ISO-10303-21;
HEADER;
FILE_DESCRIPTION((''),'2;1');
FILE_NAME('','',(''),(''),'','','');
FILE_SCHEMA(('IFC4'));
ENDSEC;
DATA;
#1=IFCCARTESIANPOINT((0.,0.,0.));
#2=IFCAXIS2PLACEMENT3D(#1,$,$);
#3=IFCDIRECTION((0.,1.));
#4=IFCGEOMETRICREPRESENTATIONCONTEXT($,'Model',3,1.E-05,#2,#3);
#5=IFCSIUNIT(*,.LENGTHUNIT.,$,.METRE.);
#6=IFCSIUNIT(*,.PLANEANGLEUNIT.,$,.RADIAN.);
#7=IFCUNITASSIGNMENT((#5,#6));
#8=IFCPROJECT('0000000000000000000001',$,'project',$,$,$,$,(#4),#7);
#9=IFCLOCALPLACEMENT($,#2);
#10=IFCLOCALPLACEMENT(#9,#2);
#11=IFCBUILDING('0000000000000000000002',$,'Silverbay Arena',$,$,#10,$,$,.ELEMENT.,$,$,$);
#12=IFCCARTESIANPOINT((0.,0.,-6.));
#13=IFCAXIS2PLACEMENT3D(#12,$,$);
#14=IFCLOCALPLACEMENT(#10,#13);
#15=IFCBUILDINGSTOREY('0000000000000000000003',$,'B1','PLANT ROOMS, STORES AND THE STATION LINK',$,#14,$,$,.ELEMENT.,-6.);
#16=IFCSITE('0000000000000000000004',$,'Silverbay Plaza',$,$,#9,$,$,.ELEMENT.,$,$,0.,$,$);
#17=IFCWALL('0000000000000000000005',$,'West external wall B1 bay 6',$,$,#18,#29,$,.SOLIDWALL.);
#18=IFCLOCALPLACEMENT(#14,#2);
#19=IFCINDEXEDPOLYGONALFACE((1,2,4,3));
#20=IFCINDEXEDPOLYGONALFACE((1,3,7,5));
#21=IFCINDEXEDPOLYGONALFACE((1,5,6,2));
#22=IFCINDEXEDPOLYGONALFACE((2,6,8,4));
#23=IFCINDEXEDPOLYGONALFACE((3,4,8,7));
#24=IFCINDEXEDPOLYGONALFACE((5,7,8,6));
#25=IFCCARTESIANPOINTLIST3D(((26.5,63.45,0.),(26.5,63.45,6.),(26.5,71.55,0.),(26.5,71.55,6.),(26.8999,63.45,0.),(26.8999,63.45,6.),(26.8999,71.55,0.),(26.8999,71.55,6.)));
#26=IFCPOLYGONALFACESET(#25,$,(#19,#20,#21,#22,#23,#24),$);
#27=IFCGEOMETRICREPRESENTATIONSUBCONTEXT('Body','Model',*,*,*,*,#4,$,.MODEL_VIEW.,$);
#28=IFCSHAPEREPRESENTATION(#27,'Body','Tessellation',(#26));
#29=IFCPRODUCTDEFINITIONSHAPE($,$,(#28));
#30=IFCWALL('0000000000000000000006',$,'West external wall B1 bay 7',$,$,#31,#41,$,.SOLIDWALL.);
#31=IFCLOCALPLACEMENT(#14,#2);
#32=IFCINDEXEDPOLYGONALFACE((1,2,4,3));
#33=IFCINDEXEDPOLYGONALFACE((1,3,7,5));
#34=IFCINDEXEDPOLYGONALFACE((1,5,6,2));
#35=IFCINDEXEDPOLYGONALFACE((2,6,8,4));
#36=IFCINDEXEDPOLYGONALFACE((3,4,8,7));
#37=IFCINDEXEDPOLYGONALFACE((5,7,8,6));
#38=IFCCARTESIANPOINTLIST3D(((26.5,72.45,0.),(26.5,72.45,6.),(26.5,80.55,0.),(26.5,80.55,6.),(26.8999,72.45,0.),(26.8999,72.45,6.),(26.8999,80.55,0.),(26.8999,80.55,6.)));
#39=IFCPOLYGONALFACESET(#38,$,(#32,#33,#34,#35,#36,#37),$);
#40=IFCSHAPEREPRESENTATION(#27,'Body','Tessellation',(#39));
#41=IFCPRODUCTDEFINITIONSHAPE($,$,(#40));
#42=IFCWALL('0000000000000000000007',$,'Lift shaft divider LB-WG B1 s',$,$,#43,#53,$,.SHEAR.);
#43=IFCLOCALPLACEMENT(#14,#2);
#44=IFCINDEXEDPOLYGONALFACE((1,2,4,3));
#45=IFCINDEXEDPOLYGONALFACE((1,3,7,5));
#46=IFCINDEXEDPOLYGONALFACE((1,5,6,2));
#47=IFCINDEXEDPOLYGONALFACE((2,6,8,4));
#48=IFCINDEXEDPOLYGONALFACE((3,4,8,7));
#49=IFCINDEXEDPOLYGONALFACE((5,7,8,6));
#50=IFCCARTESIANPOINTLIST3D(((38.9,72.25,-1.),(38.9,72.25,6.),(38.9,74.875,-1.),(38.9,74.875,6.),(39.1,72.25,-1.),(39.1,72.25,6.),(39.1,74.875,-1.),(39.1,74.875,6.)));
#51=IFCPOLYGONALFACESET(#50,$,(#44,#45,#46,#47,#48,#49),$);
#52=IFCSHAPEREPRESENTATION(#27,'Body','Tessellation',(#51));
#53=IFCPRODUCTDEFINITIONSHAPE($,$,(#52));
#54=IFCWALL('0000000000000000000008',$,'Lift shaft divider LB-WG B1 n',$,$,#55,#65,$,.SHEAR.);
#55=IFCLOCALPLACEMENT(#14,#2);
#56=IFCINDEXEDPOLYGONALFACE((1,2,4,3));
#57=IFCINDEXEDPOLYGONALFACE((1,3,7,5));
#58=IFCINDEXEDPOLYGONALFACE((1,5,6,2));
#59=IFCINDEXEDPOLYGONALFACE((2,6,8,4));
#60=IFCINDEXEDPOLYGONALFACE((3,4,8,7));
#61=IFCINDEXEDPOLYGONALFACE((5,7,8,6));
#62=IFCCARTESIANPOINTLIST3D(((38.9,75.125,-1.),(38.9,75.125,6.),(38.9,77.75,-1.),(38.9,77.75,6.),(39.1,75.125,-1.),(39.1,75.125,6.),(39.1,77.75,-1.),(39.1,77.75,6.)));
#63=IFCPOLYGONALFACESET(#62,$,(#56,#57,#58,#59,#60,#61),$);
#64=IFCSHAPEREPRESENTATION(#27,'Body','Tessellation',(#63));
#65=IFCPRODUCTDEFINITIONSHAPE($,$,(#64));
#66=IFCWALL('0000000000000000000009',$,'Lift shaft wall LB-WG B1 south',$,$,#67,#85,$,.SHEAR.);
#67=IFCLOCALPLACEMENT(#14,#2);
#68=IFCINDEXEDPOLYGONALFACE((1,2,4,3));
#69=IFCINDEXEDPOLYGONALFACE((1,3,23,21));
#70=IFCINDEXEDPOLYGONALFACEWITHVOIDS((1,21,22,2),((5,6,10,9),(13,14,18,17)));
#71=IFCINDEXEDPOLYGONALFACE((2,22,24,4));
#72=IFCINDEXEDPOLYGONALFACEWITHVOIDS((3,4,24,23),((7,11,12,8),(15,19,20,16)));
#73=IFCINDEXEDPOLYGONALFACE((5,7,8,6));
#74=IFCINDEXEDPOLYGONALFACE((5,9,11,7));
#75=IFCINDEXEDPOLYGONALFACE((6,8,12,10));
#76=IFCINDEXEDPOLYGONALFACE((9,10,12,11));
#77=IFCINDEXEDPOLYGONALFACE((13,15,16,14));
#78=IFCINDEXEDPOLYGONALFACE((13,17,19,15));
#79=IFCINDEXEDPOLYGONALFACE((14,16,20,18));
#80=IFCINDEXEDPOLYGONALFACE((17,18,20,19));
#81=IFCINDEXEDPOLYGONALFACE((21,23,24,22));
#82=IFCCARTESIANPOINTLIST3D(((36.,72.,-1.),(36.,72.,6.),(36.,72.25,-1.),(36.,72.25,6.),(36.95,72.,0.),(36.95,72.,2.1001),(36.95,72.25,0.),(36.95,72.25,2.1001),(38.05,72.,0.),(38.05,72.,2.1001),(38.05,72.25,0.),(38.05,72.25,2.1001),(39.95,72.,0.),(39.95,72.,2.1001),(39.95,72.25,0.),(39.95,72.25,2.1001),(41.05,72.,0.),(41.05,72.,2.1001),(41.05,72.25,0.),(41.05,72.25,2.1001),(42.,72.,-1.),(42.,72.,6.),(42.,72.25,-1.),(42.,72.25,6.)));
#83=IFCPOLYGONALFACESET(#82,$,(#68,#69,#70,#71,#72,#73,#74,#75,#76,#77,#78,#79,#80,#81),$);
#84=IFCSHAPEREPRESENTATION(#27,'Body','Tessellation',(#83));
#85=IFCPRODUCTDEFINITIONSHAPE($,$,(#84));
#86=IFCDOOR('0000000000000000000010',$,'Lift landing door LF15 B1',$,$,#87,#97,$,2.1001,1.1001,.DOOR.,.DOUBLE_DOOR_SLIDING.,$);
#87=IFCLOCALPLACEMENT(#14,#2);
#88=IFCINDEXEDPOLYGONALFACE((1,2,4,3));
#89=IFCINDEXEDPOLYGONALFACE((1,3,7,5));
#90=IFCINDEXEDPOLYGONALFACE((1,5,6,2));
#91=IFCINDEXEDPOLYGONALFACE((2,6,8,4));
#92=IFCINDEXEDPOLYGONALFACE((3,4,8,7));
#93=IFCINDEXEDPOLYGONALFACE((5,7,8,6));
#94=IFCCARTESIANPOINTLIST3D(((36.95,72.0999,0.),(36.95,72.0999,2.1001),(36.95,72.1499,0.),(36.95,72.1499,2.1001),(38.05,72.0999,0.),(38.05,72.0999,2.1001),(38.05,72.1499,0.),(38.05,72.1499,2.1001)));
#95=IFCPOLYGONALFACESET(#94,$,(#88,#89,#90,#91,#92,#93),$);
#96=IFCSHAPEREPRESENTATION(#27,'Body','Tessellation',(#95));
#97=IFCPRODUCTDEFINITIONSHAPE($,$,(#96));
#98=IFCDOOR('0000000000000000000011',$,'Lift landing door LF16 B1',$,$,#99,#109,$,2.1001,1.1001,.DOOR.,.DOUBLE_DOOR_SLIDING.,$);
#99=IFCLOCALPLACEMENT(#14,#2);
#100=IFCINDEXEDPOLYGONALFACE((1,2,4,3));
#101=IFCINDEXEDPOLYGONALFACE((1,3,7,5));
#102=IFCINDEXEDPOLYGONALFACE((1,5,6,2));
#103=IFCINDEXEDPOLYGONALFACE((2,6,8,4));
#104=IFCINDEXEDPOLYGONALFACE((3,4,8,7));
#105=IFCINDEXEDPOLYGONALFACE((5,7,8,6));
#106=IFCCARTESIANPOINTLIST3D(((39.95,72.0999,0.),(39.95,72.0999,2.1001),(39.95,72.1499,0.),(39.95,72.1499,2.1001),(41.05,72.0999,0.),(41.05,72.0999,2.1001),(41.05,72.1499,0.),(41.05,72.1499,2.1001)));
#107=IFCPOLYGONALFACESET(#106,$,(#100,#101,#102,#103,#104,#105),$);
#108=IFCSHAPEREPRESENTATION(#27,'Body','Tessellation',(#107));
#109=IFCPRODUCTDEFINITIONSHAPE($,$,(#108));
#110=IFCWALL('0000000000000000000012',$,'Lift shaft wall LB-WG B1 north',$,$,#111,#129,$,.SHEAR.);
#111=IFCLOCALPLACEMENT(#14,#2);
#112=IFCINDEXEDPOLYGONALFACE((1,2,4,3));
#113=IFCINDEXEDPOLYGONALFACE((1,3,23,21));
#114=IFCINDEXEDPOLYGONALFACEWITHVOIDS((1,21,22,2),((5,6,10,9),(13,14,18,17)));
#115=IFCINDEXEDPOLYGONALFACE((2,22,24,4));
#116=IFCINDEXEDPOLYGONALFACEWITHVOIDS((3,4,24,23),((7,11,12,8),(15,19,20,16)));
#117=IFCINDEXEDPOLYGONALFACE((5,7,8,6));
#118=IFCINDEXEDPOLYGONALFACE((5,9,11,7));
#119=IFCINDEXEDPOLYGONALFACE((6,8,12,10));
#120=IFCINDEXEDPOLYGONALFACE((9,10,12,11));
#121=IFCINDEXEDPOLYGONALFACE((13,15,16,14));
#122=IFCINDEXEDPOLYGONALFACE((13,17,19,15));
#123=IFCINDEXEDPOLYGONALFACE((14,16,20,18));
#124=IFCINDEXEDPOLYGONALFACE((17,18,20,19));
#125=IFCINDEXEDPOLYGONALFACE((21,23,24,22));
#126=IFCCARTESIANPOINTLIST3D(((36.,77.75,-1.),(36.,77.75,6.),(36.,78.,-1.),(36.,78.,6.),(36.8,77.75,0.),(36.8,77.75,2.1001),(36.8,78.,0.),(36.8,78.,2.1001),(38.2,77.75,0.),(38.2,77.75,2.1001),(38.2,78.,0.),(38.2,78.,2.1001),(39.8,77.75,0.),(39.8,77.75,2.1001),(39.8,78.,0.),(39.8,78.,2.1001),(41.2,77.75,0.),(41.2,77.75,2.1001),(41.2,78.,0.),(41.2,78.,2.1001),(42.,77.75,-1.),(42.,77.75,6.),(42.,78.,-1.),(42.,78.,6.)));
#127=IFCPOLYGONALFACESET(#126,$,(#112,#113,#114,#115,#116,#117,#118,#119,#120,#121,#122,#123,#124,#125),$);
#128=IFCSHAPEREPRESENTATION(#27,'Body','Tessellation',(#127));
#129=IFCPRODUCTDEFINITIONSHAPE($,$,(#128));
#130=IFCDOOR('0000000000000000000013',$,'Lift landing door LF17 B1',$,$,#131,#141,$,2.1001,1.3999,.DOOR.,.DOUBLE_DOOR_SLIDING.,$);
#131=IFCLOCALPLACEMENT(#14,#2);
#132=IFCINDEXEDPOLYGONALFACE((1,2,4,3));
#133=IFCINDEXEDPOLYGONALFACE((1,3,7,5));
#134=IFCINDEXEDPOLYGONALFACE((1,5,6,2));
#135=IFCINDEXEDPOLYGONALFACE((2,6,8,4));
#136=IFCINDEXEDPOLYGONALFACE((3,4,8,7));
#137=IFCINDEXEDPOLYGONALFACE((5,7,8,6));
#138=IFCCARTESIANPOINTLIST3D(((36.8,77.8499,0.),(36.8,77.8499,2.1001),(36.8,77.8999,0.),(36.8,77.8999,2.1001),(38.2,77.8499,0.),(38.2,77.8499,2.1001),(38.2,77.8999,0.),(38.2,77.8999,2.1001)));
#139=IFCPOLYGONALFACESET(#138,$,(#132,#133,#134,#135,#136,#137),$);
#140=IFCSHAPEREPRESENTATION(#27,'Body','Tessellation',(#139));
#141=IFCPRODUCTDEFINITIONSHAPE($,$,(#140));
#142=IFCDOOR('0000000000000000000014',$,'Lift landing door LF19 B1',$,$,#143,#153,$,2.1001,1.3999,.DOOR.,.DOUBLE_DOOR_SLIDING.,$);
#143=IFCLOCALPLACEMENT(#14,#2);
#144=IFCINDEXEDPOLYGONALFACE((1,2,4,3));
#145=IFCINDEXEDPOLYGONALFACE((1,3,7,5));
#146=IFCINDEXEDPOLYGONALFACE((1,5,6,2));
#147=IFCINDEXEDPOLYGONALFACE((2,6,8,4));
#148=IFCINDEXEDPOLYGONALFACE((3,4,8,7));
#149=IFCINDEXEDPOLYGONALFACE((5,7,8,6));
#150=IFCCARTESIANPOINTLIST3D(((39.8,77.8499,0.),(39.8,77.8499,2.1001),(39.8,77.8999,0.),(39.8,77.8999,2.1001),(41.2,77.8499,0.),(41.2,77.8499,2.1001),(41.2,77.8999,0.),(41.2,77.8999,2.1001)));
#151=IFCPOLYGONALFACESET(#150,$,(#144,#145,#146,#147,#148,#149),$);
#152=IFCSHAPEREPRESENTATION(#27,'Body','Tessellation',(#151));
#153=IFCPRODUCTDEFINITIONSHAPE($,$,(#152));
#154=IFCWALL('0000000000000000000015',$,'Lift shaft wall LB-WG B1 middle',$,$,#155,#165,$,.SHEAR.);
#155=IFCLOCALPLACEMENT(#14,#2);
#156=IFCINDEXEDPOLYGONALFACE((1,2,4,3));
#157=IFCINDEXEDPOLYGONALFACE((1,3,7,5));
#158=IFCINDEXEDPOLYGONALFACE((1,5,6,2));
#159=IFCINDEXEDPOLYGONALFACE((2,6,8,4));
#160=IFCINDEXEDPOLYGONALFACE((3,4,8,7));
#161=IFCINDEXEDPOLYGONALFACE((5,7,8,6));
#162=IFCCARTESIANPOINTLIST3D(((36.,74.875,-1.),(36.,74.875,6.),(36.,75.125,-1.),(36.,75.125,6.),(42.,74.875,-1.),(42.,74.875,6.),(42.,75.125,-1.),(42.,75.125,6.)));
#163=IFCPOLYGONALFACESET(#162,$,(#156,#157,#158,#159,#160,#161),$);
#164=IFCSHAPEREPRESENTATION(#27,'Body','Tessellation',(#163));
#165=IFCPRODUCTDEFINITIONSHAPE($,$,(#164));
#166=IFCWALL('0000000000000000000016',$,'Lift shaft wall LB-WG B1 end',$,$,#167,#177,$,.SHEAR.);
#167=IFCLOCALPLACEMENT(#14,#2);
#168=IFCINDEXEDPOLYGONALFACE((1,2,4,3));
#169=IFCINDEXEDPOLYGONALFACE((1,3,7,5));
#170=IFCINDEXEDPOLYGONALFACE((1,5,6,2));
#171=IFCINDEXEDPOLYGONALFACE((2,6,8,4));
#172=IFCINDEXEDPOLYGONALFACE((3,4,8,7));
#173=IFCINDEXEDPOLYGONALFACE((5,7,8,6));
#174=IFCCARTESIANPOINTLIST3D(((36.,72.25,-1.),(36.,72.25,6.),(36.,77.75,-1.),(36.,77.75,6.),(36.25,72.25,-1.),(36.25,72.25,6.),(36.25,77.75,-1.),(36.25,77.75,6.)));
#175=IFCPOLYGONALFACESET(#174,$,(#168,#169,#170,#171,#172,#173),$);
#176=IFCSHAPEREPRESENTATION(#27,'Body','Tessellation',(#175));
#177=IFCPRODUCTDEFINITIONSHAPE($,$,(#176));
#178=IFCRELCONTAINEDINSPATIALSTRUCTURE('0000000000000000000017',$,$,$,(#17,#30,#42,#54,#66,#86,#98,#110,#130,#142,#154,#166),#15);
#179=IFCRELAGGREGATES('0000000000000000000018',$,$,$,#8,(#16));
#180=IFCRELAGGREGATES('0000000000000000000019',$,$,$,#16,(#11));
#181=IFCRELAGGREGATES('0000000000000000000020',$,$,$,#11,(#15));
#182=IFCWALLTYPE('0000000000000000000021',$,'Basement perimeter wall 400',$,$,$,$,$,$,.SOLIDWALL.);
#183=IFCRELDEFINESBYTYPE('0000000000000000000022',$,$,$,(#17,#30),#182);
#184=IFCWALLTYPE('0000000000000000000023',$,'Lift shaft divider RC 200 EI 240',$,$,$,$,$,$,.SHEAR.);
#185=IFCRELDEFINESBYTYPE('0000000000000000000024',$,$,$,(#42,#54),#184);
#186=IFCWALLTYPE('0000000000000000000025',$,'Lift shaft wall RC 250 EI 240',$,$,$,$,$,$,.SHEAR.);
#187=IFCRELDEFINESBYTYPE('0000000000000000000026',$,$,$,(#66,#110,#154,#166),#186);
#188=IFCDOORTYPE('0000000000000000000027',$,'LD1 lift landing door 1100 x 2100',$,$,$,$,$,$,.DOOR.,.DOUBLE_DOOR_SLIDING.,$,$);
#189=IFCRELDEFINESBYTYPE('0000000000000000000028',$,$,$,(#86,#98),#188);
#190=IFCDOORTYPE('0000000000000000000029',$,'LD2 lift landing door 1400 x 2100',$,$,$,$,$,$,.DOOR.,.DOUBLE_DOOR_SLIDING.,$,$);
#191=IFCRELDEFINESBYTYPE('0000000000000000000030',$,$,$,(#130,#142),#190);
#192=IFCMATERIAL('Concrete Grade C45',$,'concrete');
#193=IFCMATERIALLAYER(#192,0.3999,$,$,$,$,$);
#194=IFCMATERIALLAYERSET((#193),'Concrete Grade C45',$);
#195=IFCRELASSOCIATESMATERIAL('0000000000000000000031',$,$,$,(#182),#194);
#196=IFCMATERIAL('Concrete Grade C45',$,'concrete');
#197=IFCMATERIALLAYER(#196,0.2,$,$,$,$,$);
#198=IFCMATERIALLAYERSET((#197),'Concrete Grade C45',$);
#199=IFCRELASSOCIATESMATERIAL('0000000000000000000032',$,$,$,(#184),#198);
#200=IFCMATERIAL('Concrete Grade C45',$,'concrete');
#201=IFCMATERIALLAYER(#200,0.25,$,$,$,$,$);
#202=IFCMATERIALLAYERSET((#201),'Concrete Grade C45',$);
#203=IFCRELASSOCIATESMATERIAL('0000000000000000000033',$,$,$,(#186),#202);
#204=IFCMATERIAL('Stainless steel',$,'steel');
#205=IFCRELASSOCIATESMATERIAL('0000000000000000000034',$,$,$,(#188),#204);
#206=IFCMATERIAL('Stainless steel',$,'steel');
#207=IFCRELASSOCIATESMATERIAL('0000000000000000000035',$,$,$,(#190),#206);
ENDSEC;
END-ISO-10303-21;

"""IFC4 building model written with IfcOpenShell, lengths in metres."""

from ifc_helpers import new_model, si_unit, direction, frame, frame_2d, origin, place, context, subcontext, project, spatial, rectangle, extrude, material, layer, layer_set, type_object, element, fill, save


model = new_model("IFC4")

# Units and contexts
model_context = context("Model", 3, precision=1e-05, world=origin(), true_north=direction((0.0, 1.0)))
body_context = subcontext(model_context, "Body", "Model", "MODEL_VIEW")
ifc_project = project(units=[si_unit("LENGTHUNIT", "METRE"), si_unit("PLANEANGLEUNIT", "RADIAN")], contexts=[model_context])

# Site, building, storey
site_placement = place(None, origin())
site = spatial("IfcSite", under=ifc_project, at=site_placement, Name="Silverbay Plaza", CompositionType="ELEMENT", RefElevation=0.0)
building_placement = place(site_placement, origin())
building = spatial("IfcBuilding", under=site, at=building_placement, Name="Silverbay Arena", CompositionType="ELEMENT")
storey_placement = place(building_placement, frame((0.0, 0.0, -6.0)))
storey = spatial("IfcBuildingStorey", under=building, at=storey_placement, Name="B1", Description="PLANT ROOMS, STORES AND THE STATION LINK", CompositionType="ELEMENT", Elevation=-6.0)

# Walls
ifc_material_1 = material(Name="Concrete Grade C45", Category="concrete")
ifc_layer_1 = layer(ifc_material_1, 0.3999)
ifc_layer_set_1 = layer_set([ifc_layer_1], Name="Concrete Grade C45")
wall_type_1 = type_object("IfcWallType", Name="Basement perimeter wall 400", PredefinedType="SOLIDWALL", material=ifc_layer_set_1)
for number, where, z_axis, x_axis, name in (
    (1, (26.7, 71.55, 0.0), (0.0, 0.0, 1.0), (0.0, -1.0, 0.0), "West external wall B1 bay 6"),
    (2, (26.7, 80.55, 0.0), (0.0, 0.0, 1.0), (0.0, -1.0, 0.0), "West external wall B1 bay 7"),
):
    element("IfcWall", number, at=place(storey_placement, frame(where, z_axis=z_axis, x_axis=x_axis)), inside=storey, type_object=wall_type_1, Name=name, PredefinedType="SOLIDWALL", context=body_context, shape_type="SweptSolid", body=[
        extrude(rectangle(XDim=8.1001, YDim=0.3999, at=frame_2d((4.05, 0.0))), origin(), (0.0, 0.0, 1.0), 6.0),
    ])
ifc_material_2 = material(Name="Concrete Grade C45", Category="concrete")
ifc_layer_2 = layer(ifc_material_2, 0.2)
ifc_layer_set_2 = layer_set([ifc_layer_2], Name="Concrete Grade C45")
wall_type_2 = type_object("IfcWallType", Name="Lift shaft divider RC 200 EI 240", PredefinedType="SHEAR", material=ifc_layer_set_2)
for number, where, z_axis, x_axis, name in (
    (3, (39.0, 72.25, -1.0), (0.0, 0.0, 1.0), (0.0, 1.0, 0.0), "Lift shaft divider LB-WG B1 s"),
    (4, (39.0, 75.125, -1.0), (0.0, 0.0, 1.0), (0.0, 1.0, 0.0), "Lift shaft divider LB-WG B1 n"),
):
    element("IfcWall", number, at=place(storey_placement, frame(where, z_axis=z_axis, x_axis=x_axis)), inside=storey, type_object=wall_type_2, Name=name, PredefinedType="SHEAR", context=body_context, shape_type="SweptSolid", body=[
        extrude(rectangle(XDim=2.625, YDim=0.2, at=frame_2d((1.3125, 0.0))), origin(), (0.0, 0.0, 1.0), 7.0),
    ])

# Walls, openings, doors
ifc_material_3 = material(Name="Concrete Grade C45", Category="concrete")
ifc_layer_3 = layer(ifc_material_3, 0.25)
ifc_layer_set_3 = layer_set([ifc_layer_3], Name="Concrete Grade C45")
wall_type_3 = type_object("IfcWallType", Name="Lift shaft wall RC 250 EI 240", PredefinedType="SHEAR", material=ifc_layer_set_3)
wall_1_placement = place(storey_placement, frame((36.0, 72.125, -1.0), z_axis=(0.0, 0.0, 1.0), x_axis=(1.0, 0.0, 0.0)))
wall_1 = element("IfcWall", 5, at=wall_1_placement, inside=storey, type_object=wall_type_3, Name="Lift shaft wall LB-WG B1 south", PredefinedType="SHEAR", context=body_context, shape_type="SweptSolid", body=[
    extrude(rectangle(XDim=6.0, YDim=0.25, at=frame_2d((3.0, 0.0))), origin(), (0.0, 0.0, 1.0), 7.0),
])
opening_1_placement = place(wall_1_placement, frame((0.95, 0.0, 1.0)))
opening_1 = element("IfcOpeningElement", 6, at=opening_1_placement, cuts=wall_1, PredefinedType="OPENING", context=body_context, shape_type="SweptSolid", body=[
    extrude(rectangle(XDim=1.1001, YDim=2.1001, at=frame_2d((0.55, 1.05))), frame((0.0, 0.135, 0.0), z_axis=(0.0, -1.0, 0.0), x_axis=(1.0, 0.0, 0.0)), (0.0, 0.0, 1.0), 0.27),
])
opening_2_placement = place(wall_1_placement, frame((3.95, 0.0, 1.0)))
opening_2 = element("IfcOpeningElement", 7, at=opening_2_placement, cuts=wall_1, PredefinedType="OPENING", context=body_context, shape_type="SweptSolid", body=[
    extrude(rectangle(XDim=1.1001, YDim=2.1001, at=frame_2d((0.55, 1.05))), frame((0.0, 0.135, 0.0), z_axis=(0.0, -1.0, 0.0), x_axis=(1.0, 0.0, 0.0)), (0.0, 0.0, 1.0), 0.27),
])
ifc_material_4 = material(Name="Stainless steel", Category="steel")
door_type_1 = type_object("IfcDoorType", Name="LD1 lift landing door 1100 x 2100", OperationType="DOUBLE_DOOR_SLIDING", PredefinedType="DOOR", material=ifc_material_4)
door_1_placement = place(opening_1_placement, origin())
door_1 = element("IfcDoor", 8, at=door_1_placement, inside=storey, type_object=door_type_1, Name="Lift landing door LF15 B1", OperationType="DOUBLE_DOOR_SLIDING", OverallHeight=2.1001, OverallWidth=1.1001, PredefinedType="DOOR", context=body_context, shape_type="SweptSolid", body=[
    extrude(rectangle(XDim=1.1001, YDim=2.1001, at=frame_2d((0.55, 1.05))), frame((0.0, 0.0249, 0.0), z_axis=(0.0, -1.0, 0.0), x_axis=(1.0, 0.0, 0.0)), (0.0, 0.0, 1.0), 0.05),
])
fill(opening_1, door_1)
door_2_placement = place(opening_2_placement, origin())
door_2 = element("IfcDoor", 9, at=door_2_placement, inside=storey, type_object=door_type_1, Name="Lift landing door LF16 B1", OperationType="DOUBLE_DOOR_SLIDING", OverallHeight=2.1001, OverallWidth=1.1001, PredefinedType="DOOR", context=body_context, shape_type="SweptSolid", body=[
    extrude(rectangle(XDim=1.1001, YDim=2.1001, at=frame_2d((0.55, 1.05))), frame((0.0, 0.0249, 0.0), z_axis=(0.0, -1.0, 0.0), x_axis=(1.0, 0.0, 0.0)), (0.0, 0.0, 1.0), 0.05),
])
fill(opening_2, door_2)
wall_2_placement = place(storey_placement, frame((36.0, 77.875, -1.0), z_axis=(0.0, 0.0, 1.0), x_axis=(1.0, 0.0, 0.0)))
wall_2 = element("IfcWall", 10, at=wall_2_placement, inside=storey, type_object=wall_type_3, Name="Lift shaft wall LB-WG B1 north", PredefinedType="SHEAR", context=body_context, shape_type="SweptSolid", body=[
    extrude(rectangle(XDim=6.0, YDim=0.25, at=frame_2d((3.0, 0.0))), origin(), (0.0, 0.0, 1.0), 7.0),
])
opening_3_placement = place(wall_2_placement, frame((0.8, 0.0, 1.0)))
opening_3 = element("IfcOpeningElement", 11, at=opening_3_placement, cuts=wall_2, PredefinedType="OPENING", context=body_context, shape_type="SweptSolid", body=[
    extrude(rectangle(XDim=1.3999, YDim=2.1001, at=frame_2d((0.7, 1.05))), frame((0.0, 0.135, 0.0), z_axis=(0.0, -1.0, 0.0), x_axis=(1.0, 0.0, 0.0)), (0.0, 0.0, 1.0), 0.27),
])
opening_4_placement = place(wall_2_placement, frame((3.8, 0.0, 1.0)))
opening_4 = element("IfcOpeningElement", 12, at=opening_4_placement, cuts=wall_2, PredefinedType="OPENING", context=body_context, shape_type="SweptSolid", body=[
    extrude(rectangle(XDim=1.3999, YDim=2.1001, at=frame_2d((0.7, 1.05))), frame((0.0, 0.135, 0.0), z_axis=(0.0, -1.0, 0.0), x_axis=(1.0, 0.0, 0.0)), (0.0, 0.0, 1.0), 0.27),
])
ifc_material_5 = material(Name="Stainless steel", Category="steel")
door_type_2 = type_object("IfcDoorType", Name="LD2 lift landing door 1400 x 2100", OperationType="DOUBLE_DOOR_SLIDING", PredefinedType="DOOR", material=ifc_material_5)
door_3_placement = place(opening_3_placement, origin())
door_3 = element("IfcDoor", 13, at=door_3_placement, inside=storey, type_object=door_type_2, Name="Lift landing door LF17 B1", OperationType="DOUBLE_DOOR_SLIDING", OverallHeight=2.1001, OverallWidth=1.3999, PredefinedType="DOOR", context=body_context, shape_type="SweptSolid", body=[
    extrude(rectangle(XDim=1.3999, YDim=2.1001, at=frame_2d((0.7, 1.05))), frame((0.0, 0.0249, 0.0), z_axis=(0.0, -1.0, 0.0), x_axis=(1.0, 0.0, 0.0)), (0.0, 0.0, 1.0), 0.05),
])
fill(opening_3, door_3)
door_4_placement = place(opening_4_placement, origin())
door_4 = element("IfcDoor", 14, at=door_4_placement, inside=storey, type_object=door_type_2, Name="Lift landing door LF19 B1", OperationType="DOUBLE_DOOR_SLIDING", OverallHeight=2.1001, OverallWidth=1.3999, PredefinedType="DOOR", context=body_context, shape_type="SweptSolid", body=[
    extrude(rectangle(XDim=1.3999, YDim=2.1001, at=frame_2d((0.7, 1.05))), frame((0.0, 0.0249, 0.0), z_axis=(0.0, -1.0, 0.0), x_axis=(1.0, 0.0, 0.0)), (0.0, 0.0, 1.0), 0.05),
])
fill(opening_4, door_4)

# Walls
wall_3_placement = place(storey_placement, frame((36.0, 75.0, -1.0), z_axis=(0.0, 0.0, 1.0), x_axis=(1.0, 0.0, 0.0)))
element("IfcWall", 15, at=wall_3_placement, inside=storey, type_object=wall_type_3, Name="Lift shaft wall LB-WG B1 middle", PredefinedType="SHEAR", context=body_context, shape_type="SweptSolid", body=[
    extrude(rectangle(XDim=6.0, YDim=0.25, at=frame_2d((3.0, 0.0))), origin(), (0.0, 0.0, 1.0), 7.0),
])
for number, where, z_axis, x_axis, name in (
    (16, (36.125, 72.25, -1.0), (0.0, 0.0, 1.0), (0.0, 1.0, 0.0), "Lift shaft wall LB-WG B1 end"),
):
    element("IfcWall", number, at=place(storey_placement, frame(where, z_axis=z_axis, x_axis=x_axis)), inside=storey, type_object=wall_type_3, Name=name, PredefinedType="SHEAR", context=body_context, shape_type="SweptSolid", body=[
        extrude(rectangle(XDim=5.5, YDim=0.25, at=frame_2d((2.75, 0.0))), origin(), (0.0, 0.0, 1.0), 7.0),
    ])

save(model, "model.ifc")
